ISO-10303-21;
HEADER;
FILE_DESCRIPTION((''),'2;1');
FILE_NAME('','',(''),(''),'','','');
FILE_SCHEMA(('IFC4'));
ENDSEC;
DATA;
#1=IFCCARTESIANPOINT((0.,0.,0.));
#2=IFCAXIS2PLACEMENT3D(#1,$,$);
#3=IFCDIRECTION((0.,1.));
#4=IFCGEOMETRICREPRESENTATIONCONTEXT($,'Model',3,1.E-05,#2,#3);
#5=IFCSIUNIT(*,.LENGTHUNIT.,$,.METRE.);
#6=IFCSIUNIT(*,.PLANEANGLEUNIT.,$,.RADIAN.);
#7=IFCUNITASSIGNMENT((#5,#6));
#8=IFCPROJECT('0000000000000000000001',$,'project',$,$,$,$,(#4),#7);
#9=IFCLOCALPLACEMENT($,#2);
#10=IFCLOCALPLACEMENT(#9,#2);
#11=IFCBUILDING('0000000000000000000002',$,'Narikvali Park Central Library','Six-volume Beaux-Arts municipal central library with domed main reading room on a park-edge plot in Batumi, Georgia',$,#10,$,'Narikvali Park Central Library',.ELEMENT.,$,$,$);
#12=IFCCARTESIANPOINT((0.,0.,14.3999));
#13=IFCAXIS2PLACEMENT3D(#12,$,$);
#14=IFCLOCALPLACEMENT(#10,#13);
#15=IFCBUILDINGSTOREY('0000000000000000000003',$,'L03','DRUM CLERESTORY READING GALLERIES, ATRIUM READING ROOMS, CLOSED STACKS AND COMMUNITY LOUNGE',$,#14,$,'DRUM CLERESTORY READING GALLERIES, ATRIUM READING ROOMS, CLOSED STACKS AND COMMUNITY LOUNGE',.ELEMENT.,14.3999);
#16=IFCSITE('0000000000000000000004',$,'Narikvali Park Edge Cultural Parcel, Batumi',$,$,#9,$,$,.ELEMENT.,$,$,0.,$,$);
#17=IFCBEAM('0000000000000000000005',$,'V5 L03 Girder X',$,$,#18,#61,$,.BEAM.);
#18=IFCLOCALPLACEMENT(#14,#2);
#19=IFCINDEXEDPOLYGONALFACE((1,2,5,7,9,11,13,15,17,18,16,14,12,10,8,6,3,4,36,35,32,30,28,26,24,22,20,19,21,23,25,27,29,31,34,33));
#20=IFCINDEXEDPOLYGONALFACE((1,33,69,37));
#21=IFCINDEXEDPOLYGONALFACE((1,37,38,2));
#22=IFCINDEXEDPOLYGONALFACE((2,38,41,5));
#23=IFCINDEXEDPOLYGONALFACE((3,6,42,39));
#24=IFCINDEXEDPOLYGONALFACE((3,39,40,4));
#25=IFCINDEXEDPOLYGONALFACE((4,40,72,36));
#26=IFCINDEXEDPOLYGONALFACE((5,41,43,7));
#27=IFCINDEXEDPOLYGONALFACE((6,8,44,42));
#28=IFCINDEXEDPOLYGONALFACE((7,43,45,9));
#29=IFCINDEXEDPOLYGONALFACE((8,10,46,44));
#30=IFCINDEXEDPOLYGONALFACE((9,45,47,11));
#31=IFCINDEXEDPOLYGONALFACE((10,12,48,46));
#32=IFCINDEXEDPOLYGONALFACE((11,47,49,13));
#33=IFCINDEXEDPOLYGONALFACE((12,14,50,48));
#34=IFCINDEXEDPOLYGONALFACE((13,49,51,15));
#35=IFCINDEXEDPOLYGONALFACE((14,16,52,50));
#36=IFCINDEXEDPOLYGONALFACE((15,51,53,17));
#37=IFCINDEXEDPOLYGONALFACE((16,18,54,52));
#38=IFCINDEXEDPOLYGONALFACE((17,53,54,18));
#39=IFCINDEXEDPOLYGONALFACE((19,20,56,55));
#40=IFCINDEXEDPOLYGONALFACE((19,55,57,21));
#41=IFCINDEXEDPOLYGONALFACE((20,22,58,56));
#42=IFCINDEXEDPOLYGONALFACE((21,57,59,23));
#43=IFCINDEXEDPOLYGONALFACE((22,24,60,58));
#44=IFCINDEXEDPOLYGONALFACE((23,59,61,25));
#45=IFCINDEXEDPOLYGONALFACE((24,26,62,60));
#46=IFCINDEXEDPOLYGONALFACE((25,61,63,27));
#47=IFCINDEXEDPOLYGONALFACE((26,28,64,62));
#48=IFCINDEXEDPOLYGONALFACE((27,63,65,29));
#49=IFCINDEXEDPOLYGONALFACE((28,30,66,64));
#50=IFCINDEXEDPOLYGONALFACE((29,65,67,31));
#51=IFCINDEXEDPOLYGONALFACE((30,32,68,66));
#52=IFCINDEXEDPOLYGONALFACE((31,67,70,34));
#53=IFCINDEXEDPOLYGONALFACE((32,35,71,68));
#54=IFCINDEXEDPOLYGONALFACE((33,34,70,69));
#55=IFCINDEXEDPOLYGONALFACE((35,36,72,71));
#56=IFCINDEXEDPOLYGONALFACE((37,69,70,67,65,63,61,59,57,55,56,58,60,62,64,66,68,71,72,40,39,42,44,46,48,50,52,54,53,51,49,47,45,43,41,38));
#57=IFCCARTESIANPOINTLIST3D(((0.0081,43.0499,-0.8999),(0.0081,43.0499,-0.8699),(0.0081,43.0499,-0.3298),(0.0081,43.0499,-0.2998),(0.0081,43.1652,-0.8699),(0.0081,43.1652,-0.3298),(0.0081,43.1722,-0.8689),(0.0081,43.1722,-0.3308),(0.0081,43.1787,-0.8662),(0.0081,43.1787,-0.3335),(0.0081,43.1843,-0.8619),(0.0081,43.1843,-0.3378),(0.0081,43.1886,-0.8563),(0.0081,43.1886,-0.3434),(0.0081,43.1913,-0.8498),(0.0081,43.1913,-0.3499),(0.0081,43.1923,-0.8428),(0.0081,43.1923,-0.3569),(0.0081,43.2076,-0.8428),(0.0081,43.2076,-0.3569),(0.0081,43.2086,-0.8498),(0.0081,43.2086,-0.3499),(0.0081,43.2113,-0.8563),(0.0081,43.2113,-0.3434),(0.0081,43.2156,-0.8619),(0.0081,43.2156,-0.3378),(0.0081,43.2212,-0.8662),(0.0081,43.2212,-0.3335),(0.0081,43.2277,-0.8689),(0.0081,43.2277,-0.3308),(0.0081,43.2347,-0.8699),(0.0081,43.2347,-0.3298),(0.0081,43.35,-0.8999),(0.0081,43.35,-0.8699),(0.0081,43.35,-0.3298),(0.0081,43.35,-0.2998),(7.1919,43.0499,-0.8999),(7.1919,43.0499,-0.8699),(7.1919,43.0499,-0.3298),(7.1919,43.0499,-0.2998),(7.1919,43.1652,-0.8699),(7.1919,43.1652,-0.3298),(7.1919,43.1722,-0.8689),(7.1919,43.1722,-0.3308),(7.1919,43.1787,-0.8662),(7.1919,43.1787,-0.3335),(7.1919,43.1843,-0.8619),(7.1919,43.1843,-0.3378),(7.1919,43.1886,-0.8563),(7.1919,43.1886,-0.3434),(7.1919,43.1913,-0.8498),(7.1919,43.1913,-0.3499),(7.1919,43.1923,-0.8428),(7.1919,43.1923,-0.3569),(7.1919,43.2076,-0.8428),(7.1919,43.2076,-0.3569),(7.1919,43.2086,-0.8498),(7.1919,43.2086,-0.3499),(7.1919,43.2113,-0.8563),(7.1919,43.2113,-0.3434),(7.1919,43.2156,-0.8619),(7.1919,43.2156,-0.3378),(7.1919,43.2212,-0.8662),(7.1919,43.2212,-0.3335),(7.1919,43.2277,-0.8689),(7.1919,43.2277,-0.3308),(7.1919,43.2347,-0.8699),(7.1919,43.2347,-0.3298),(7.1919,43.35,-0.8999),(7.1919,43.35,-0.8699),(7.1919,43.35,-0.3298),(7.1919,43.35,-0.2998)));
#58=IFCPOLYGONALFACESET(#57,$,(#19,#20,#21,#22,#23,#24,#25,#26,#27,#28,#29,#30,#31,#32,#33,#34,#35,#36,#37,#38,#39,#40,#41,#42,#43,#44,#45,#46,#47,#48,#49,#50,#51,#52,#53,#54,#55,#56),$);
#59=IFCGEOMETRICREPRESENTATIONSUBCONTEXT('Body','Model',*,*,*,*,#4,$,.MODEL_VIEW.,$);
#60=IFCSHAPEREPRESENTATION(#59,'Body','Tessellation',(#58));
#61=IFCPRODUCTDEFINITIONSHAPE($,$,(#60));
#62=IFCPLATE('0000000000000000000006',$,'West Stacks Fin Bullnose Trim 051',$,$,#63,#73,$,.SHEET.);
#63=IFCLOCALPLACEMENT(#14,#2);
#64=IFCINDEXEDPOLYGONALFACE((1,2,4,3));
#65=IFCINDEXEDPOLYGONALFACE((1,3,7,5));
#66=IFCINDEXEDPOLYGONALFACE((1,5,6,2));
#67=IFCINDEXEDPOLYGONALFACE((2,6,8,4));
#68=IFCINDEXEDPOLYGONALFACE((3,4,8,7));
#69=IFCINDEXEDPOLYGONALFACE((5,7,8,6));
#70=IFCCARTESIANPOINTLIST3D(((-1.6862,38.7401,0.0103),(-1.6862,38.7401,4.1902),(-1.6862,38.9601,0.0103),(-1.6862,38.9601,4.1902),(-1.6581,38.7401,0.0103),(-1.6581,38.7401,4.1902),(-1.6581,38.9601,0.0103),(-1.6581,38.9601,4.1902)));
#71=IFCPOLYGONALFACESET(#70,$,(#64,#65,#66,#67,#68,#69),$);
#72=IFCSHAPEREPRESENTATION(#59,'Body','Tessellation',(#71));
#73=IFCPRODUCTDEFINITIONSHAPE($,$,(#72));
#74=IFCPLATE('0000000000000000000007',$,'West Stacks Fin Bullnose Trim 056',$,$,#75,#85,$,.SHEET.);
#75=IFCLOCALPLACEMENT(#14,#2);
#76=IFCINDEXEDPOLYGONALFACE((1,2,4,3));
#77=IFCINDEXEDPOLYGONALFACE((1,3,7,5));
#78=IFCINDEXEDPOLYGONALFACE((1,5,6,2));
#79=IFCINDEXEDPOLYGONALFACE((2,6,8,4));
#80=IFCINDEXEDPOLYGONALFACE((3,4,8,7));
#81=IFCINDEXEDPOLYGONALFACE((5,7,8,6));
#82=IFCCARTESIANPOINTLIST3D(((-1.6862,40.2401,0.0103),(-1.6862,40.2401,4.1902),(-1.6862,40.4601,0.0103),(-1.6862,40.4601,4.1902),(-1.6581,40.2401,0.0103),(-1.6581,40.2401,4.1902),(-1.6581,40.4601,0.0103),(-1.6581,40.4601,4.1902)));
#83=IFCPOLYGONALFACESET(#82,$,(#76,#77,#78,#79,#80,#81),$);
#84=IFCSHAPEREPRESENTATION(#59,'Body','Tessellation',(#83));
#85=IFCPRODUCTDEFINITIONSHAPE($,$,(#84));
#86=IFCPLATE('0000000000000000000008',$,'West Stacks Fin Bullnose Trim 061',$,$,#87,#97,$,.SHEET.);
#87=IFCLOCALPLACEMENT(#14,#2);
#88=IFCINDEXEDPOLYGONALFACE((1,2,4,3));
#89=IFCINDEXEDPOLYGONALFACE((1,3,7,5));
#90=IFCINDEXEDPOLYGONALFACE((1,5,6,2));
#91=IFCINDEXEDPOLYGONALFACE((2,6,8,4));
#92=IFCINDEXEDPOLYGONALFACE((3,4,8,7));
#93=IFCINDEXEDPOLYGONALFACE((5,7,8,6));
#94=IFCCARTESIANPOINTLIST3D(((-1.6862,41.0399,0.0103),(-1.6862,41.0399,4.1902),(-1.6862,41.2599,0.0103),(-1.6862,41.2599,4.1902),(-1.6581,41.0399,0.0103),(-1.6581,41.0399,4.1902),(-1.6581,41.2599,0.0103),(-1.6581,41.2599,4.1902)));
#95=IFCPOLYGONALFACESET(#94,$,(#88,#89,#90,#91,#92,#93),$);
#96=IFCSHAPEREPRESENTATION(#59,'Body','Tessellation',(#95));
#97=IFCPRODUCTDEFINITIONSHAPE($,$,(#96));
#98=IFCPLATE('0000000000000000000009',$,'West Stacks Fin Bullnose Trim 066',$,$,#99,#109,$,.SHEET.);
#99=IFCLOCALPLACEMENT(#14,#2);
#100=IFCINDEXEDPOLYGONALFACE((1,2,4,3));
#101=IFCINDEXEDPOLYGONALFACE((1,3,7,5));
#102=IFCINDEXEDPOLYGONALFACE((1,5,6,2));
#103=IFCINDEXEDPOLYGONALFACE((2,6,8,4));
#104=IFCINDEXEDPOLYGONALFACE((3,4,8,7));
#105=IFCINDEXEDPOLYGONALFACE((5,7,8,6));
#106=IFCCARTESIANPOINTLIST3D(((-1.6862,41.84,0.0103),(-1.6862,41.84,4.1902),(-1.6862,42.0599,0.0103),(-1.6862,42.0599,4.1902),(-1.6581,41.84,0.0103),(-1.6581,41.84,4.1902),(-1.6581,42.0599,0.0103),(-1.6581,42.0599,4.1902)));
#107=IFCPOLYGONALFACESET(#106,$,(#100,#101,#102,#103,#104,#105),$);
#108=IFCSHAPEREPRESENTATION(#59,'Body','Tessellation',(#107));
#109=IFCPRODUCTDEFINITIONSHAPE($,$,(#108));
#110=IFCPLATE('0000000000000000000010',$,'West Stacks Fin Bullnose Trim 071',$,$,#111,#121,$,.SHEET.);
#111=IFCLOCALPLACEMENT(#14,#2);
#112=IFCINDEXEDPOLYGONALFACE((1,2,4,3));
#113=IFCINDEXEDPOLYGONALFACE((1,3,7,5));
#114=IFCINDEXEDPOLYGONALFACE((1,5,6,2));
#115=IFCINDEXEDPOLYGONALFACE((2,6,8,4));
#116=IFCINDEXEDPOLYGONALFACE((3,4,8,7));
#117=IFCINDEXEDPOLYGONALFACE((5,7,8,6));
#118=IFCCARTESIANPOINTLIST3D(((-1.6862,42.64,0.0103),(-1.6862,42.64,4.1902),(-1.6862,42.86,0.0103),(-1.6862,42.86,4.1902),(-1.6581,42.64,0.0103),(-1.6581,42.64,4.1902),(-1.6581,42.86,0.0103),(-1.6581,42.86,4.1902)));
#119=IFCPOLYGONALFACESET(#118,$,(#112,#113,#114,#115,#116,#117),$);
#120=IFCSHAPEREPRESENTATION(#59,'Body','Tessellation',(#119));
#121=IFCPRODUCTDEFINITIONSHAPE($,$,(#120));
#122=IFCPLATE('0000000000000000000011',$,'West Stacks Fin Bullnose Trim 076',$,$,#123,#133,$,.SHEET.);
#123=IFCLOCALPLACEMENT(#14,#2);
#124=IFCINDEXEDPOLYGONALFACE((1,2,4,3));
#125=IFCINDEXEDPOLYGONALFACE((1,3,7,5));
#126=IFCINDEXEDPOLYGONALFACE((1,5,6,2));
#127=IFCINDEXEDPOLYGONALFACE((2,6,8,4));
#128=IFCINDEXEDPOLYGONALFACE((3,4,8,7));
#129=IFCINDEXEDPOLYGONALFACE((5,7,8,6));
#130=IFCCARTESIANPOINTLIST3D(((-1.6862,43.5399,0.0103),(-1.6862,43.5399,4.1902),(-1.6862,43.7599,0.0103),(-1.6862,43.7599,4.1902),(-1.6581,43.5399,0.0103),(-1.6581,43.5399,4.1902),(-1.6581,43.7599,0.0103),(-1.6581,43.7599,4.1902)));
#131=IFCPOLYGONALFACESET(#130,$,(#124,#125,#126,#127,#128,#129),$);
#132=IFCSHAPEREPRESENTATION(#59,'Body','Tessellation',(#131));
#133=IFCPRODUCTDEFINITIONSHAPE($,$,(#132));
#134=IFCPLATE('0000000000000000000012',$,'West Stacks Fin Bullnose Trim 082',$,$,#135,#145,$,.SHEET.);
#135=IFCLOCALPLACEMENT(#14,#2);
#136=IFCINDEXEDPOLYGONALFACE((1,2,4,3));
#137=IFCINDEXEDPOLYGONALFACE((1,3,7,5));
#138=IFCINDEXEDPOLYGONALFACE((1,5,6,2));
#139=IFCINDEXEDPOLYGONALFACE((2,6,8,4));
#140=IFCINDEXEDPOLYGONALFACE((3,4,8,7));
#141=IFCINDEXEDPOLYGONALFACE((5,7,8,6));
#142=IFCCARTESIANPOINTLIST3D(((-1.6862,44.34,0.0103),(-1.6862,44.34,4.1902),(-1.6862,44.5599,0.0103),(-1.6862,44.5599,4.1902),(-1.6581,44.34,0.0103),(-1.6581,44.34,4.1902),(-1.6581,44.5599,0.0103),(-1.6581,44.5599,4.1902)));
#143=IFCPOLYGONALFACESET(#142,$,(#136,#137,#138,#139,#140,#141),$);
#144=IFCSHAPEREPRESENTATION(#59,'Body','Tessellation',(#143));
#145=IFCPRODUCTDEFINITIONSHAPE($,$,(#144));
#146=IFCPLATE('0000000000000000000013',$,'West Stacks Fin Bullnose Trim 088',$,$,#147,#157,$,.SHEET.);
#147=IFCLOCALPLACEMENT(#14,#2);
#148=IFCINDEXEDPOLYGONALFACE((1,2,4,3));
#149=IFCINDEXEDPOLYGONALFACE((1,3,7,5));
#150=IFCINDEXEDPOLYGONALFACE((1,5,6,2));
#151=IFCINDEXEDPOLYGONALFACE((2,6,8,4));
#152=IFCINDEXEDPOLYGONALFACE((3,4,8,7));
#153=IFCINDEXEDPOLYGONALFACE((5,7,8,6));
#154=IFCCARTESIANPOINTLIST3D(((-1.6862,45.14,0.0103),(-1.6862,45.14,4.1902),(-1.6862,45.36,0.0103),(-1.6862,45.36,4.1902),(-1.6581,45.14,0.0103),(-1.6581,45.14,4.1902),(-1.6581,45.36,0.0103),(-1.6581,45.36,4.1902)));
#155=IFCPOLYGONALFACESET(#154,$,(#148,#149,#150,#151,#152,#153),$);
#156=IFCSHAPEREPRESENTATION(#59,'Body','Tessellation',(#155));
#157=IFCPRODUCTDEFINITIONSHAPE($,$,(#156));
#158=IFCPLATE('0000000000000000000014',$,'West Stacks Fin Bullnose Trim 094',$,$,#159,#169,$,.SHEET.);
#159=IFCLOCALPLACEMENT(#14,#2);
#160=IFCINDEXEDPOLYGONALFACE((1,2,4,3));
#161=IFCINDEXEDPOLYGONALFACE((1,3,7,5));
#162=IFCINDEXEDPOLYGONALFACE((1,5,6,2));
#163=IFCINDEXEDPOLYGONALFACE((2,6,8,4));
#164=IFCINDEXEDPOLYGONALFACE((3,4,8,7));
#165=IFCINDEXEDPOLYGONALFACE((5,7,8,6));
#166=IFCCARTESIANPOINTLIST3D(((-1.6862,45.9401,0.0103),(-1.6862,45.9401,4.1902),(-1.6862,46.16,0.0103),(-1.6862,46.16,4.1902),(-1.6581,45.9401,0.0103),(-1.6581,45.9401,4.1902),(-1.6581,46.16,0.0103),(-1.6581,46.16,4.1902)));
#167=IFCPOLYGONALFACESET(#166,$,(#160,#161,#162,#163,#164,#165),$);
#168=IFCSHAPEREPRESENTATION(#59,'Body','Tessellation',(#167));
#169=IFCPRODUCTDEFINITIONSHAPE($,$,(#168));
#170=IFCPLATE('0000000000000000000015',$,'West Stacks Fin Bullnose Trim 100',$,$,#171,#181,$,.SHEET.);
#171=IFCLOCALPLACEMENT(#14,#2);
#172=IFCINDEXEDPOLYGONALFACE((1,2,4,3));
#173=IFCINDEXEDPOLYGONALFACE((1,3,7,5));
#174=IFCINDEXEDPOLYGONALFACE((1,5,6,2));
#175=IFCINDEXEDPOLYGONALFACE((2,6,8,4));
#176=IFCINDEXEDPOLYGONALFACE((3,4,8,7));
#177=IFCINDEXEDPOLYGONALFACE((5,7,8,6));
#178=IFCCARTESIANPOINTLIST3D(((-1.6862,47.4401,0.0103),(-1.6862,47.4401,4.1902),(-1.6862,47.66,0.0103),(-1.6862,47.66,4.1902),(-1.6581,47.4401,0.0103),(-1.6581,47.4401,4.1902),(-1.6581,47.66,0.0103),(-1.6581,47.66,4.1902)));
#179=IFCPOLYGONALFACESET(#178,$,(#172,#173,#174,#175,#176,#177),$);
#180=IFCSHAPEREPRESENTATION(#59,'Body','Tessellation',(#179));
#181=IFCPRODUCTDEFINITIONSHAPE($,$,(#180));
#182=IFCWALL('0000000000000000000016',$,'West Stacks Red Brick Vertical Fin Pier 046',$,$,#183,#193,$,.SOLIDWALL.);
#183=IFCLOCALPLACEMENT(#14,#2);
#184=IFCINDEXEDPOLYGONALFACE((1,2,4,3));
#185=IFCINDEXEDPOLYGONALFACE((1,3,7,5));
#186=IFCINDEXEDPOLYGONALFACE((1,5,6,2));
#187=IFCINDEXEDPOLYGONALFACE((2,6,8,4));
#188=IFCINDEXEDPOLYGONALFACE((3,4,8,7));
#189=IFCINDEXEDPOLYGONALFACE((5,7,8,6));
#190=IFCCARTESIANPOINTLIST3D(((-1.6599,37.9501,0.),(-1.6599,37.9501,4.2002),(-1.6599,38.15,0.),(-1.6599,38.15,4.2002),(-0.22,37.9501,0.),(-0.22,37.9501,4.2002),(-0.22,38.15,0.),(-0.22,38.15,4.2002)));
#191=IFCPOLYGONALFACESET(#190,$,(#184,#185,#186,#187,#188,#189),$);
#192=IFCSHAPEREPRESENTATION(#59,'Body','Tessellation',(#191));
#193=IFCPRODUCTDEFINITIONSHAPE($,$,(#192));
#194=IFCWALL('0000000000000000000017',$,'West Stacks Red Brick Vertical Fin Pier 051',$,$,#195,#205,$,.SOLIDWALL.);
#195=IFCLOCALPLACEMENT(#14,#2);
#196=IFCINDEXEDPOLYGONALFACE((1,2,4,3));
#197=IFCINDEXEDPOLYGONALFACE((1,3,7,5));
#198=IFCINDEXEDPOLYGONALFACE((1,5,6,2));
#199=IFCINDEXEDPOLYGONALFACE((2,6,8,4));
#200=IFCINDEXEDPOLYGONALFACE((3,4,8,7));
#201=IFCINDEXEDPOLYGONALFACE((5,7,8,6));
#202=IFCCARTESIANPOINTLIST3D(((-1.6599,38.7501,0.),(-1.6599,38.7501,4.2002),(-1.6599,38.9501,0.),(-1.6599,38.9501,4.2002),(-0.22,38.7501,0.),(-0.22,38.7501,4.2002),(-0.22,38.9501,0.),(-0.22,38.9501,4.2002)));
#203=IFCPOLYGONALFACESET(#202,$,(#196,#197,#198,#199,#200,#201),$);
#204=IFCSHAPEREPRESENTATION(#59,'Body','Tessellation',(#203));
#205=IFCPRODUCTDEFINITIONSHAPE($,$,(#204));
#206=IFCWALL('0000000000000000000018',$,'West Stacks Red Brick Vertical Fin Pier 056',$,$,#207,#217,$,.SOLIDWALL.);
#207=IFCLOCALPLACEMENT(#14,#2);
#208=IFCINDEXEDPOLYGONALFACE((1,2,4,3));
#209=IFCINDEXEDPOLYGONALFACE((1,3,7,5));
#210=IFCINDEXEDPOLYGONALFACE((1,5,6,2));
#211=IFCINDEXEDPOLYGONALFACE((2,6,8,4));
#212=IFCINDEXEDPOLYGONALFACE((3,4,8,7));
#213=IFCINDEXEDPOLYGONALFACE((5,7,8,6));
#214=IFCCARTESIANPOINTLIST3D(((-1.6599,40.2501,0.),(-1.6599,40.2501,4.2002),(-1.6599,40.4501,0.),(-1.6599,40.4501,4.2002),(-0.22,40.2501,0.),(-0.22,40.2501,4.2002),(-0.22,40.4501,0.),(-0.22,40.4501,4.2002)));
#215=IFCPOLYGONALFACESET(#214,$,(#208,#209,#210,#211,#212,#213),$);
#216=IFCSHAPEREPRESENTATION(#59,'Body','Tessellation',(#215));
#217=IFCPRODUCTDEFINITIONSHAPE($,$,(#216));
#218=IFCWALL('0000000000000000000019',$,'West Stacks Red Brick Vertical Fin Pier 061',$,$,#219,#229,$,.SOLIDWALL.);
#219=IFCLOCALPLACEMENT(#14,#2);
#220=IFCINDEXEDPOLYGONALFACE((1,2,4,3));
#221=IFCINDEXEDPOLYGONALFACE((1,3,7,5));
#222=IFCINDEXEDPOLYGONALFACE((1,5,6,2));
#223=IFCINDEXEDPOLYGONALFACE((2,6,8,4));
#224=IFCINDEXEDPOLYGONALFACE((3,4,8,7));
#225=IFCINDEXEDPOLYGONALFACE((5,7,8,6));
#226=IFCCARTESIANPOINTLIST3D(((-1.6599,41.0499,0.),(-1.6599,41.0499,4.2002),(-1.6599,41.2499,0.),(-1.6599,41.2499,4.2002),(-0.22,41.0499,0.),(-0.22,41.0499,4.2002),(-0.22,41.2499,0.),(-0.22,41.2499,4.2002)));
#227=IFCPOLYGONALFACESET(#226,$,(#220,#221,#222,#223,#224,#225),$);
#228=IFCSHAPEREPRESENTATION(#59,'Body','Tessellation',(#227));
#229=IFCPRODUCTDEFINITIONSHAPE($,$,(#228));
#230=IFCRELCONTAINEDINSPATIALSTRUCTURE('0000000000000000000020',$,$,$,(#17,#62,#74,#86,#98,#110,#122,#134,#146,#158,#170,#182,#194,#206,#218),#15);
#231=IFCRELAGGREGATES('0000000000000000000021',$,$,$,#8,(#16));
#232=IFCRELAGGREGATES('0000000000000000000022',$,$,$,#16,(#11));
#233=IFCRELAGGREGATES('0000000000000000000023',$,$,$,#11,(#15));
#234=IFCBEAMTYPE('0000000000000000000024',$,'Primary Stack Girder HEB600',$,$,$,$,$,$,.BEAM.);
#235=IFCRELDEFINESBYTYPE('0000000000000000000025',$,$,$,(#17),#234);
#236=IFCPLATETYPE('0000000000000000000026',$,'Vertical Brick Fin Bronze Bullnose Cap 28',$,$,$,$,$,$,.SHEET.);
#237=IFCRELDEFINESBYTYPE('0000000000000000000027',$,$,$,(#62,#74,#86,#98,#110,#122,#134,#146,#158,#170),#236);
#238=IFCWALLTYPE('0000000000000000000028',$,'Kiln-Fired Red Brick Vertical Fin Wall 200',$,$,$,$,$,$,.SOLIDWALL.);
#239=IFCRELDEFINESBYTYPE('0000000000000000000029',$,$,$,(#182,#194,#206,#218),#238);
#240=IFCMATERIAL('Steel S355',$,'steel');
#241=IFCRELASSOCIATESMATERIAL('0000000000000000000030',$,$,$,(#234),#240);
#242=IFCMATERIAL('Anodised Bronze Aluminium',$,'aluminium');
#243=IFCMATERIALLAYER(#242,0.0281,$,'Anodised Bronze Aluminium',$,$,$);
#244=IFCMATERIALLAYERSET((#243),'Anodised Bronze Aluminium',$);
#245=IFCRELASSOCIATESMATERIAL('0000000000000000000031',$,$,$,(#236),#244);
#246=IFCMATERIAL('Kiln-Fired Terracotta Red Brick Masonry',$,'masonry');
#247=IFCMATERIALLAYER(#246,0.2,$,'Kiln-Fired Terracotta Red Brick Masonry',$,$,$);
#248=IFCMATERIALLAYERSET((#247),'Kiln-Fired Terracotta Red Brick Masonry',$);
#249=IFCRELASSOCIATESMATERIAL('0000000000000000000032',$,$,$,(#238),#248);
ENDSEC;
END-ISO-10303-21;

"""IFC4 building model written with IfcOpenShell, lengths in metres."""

from ifc_helpers import new_model, si_unit, direction, frame, frame_2d, origin, origin_2d, place, context, subcontext, project, spatial, rectangle, i_section, extrude, material, layer, layer_set, material_profile, profile_set, type_object, element, save


model = new_model("IFC4")

# Units and contexts
model_context = context("Model", 3, precision=1e-05, world=origin(), true_north=direction((0.0, 1.0)))
body_context = subcontext(model_context, "Body", "Model", "MODEL_VIEW")
ifc_project = project(units=[si_unit("LENGTHUNIT", "METRE"), si_unit("PLANEANGLEUNIT", "RADIAN")], contexts=[model_context])

# Site, building, storey
site_placement = place(None, origin())
site = spatial("IfcSite", under=ifc_project, at=site_placement, Name="Narikvali Park Edge Cultural Parcel, Batumi", CompositionType="ELEMENT", RefElevation=0.0)
building_placement = place(site_placement, origin())
building = spatial("IfcBuilding", under=site, at=building_placement, Name="Narikvali Park Central Library", Description="Six-volume Beaux-Arts municipal central library with domed main reading room on a park-edge plot in Batumi, Georgia", LongName="Narikvali Park Central Library", CompositionType="ELEMENT")
storey_placement = place(building_placement, frame((0.0, 0.0, 14.3999)))
storey = spatial("IfcBuildingStorey", under=building, at=storey_placement, Name="L03", Description="DRUM CLERESTORY READING GALLERIES, ATRIUM READING ROOMS, CLOSED STACKS AND COMMUNITY LOUNGE", LongName="DRUM CLERESTORY READING GALLERIES, ATRIUM READING ROOMS, CLOSED STACKS AND COMMUNITY LOUNGE", CompositionType="ELEMENT", Elevation=14.3999)

# Shared definitions
ifc_material_1 = material(Name="Steel S355", Category="steel")

# Beam
ifc_material_profile_1 = material_profile(ifc_material_1, i_section(OverallWidth=0.3, OverallDepth=0.6001, WebThickness=0.0154, FlangeThickness=0.03, FilletRadius=0.0271, at=origin_2d()), Name="HEB 600")
ifc_profile_set_1 = profile_set([ifc_material_profile_1], Name="Steel S355")
beam_type_1 = type_object("IfcBeamType", Name="Primary Stack Girder HEB600", PredefinedType="BEAM", material=ifc_profile_set_1)
beam_1_placement = place(storey_placement, frame((0.0081, 43.2, -0.5999), z_axis=(1.0, 0.0, 0.0), x_axis=(0.0, 1.0, 0.0)))
element("IfcBeam", 1, at=beam_1_placement, inside=storey, type_object=beam_type_1, Name="V5 L03 Girder X", PredefinedType="BEAM", context=body_context, shape_type="SweptSolid", body=[
    extrude(i_section(OverallWidth=0.3, OverallDepth=0.6001, WebThickness=0.0154, FlangeThickness=0.03, FilletRadius=0.0271, at=origin_2d()), origin(), (0.0, 0.0, 1.0), 7.1838),
])

# Plates
ifc_material_2 = material(Name="Anodised Bronze Aluminium", Category="aluminium")
ifc_layer_1 = layer(ifc_material_2, 0.0281, Name="Anodised Bronze Aluminium")
ifc_layer_set_1 = layer_set([ifc_layer_1], Name="Anodised Bronze Aluminium")
plate_type = type_object("IfcPlateType", Name="Vertical Brick Fin Bronze Bullnose Cap 28", PredefinedType="SHEET", material=ifc_layer_set_1)
for number, where, z_axis, x_axis, name in (
    (2, (-1.6721, 38.8501, 0.0103), (0.0, 0.0, 1.0), (1.0, 0.0, 0.0), "West Stacks Fin Bullnose Trim 051"),
    (3, (-1.6721, 40.3501, 0.0103), (0.0, 0.0, 1.0), (1.0, 0.0, 0.0), "West Stacks Fin Bullnose Trim 056"),
    (4, (-1.6721, 41.1499, 0.0103), (0.0, 0.0, 1.0), (1.0, 0.0, 0.0), "West Stacks Fin Bullnose Trim 061"),
    (5, (-1.6721, 41.95, 0.0103), (0.0, 0.0, 1.0), (1.0, 0.0, 0.0), "West Stacks Fin Bullnose Trim 066"),
    (6, (-1.6721, 42.75, 0.0103), (0.0, 0.0, 1.0), (1.0, 0.0, 0.0), "West Stacks Fin Bullnose Trim 071"),
    (7, (-1.6721, 43.6499, 0.0103), (0.0, 0.0, 1.0), (1.0, 0.0, 0.0), "West Stacks Fin Bullnose Trim 076"),
    (8, (-1.6721, 44.45, 0.0103), (0.0, 0.0, 1.0), (1.0, 0.0, 0.0), "West Stacks Fin Bullnose Trim 082"),
    (9, (-1.6721, 45.25, 0.0103), (0.0, 0.0, 1.0), (1.0, 0.0, 0.0), "West Stacks Fin Bullnose Trim 088"),
    (10, (-1.6721, 46.05, 0.0103), (0.0, 0.0, 1.0), (1.0, 0.0, 0.0), "West Stacks Fin Bullnose Trim 094"),
    (11, (-1.6721, 47.55, 0.0103), (0.0, 0.0, 1.0), (1.0, 0.0, 0.0), "West Stacks Fin Bullnose Trim 100"),
):
    element("IfcPlate", number, at=place(storey_placement, frame(where, z_axis=z_axis, x_axis=x_axis)), inside=storey, type_object=plate_type, Name=name, PredefinedType="SHEET", context=body_context, shape_type="SweptSolid", body=[
        extrude(rectangle(XDim=0.0281, YDim=0.22, at=origin_2d()), origin(), (0.0, 0.0, 1.0), 4.1799),
    ])

# Walls
ifc_material_3 = material(Name="Kiln-Fired Terracotta Red Brick Masonry", Category="masonry")
ifc_layer_2 = layer(ifc_material_3, 0.2, Name="Kiln-Fired Terracotta Red Brick Masonry")
ifc_layer_set_2 = layer_set([ifc_layer_2], Name="Kiln-Fired Terracotta Red Brick Masonry")
wall_type_1 = type_object("IfcWallType", Name="Kiln-Fired Red Brick Vertical Fin Wall 200", PredefinedType="SOLIDWALL", material=ifc_layer_set_2)
for number, where, z_axis, x_axis, name in (
    (12, (-1.6599, 38.05, 0.0), (0.0, 0.0, 1.0), (1.0, 0.0, 0.0), "West Stacks Red Brick Vertical Fin Pier 046"),
    (13, (-1.6599, 38.8501, 0.0), (0.0, 0.0, 1.0), (1.0, 0.0, 0.0), "West Stacks Red Brick Vertical Fin Pier 051"),
    (14, (-1.6599, 40.3501, 0.0), (0.0, 0.0, 1.0), (1.0, 0.0, 0.0), "West Stacks Red Brick Vertical Fin Pier 056"),
    (15, (-1.6599, 41.1499, 0.0), (0.0, 0.0, 1.0), (1.0, 0.0, 0.0), "West Stacks Red Brick Vertical Fin Pier 061"),
):
    element("IfcWall", number, at=place(storey_placement, frame(where, z_axis=z_axis, x_axis=x_axis)), inside=storey, type_object=wall_type_1, Name=name, PredefinedType="SOLIDWALL", context=body_context, shape_type="SweptSolid", body=[
        extrude(rectangle(XDim=1.4399, YDim=0.2, at=frame_2d((0.72, 0.0))), origin(), (0.0, 0.0, 1.0), 4.2002),
    ])

save(model, "model.ifc")
